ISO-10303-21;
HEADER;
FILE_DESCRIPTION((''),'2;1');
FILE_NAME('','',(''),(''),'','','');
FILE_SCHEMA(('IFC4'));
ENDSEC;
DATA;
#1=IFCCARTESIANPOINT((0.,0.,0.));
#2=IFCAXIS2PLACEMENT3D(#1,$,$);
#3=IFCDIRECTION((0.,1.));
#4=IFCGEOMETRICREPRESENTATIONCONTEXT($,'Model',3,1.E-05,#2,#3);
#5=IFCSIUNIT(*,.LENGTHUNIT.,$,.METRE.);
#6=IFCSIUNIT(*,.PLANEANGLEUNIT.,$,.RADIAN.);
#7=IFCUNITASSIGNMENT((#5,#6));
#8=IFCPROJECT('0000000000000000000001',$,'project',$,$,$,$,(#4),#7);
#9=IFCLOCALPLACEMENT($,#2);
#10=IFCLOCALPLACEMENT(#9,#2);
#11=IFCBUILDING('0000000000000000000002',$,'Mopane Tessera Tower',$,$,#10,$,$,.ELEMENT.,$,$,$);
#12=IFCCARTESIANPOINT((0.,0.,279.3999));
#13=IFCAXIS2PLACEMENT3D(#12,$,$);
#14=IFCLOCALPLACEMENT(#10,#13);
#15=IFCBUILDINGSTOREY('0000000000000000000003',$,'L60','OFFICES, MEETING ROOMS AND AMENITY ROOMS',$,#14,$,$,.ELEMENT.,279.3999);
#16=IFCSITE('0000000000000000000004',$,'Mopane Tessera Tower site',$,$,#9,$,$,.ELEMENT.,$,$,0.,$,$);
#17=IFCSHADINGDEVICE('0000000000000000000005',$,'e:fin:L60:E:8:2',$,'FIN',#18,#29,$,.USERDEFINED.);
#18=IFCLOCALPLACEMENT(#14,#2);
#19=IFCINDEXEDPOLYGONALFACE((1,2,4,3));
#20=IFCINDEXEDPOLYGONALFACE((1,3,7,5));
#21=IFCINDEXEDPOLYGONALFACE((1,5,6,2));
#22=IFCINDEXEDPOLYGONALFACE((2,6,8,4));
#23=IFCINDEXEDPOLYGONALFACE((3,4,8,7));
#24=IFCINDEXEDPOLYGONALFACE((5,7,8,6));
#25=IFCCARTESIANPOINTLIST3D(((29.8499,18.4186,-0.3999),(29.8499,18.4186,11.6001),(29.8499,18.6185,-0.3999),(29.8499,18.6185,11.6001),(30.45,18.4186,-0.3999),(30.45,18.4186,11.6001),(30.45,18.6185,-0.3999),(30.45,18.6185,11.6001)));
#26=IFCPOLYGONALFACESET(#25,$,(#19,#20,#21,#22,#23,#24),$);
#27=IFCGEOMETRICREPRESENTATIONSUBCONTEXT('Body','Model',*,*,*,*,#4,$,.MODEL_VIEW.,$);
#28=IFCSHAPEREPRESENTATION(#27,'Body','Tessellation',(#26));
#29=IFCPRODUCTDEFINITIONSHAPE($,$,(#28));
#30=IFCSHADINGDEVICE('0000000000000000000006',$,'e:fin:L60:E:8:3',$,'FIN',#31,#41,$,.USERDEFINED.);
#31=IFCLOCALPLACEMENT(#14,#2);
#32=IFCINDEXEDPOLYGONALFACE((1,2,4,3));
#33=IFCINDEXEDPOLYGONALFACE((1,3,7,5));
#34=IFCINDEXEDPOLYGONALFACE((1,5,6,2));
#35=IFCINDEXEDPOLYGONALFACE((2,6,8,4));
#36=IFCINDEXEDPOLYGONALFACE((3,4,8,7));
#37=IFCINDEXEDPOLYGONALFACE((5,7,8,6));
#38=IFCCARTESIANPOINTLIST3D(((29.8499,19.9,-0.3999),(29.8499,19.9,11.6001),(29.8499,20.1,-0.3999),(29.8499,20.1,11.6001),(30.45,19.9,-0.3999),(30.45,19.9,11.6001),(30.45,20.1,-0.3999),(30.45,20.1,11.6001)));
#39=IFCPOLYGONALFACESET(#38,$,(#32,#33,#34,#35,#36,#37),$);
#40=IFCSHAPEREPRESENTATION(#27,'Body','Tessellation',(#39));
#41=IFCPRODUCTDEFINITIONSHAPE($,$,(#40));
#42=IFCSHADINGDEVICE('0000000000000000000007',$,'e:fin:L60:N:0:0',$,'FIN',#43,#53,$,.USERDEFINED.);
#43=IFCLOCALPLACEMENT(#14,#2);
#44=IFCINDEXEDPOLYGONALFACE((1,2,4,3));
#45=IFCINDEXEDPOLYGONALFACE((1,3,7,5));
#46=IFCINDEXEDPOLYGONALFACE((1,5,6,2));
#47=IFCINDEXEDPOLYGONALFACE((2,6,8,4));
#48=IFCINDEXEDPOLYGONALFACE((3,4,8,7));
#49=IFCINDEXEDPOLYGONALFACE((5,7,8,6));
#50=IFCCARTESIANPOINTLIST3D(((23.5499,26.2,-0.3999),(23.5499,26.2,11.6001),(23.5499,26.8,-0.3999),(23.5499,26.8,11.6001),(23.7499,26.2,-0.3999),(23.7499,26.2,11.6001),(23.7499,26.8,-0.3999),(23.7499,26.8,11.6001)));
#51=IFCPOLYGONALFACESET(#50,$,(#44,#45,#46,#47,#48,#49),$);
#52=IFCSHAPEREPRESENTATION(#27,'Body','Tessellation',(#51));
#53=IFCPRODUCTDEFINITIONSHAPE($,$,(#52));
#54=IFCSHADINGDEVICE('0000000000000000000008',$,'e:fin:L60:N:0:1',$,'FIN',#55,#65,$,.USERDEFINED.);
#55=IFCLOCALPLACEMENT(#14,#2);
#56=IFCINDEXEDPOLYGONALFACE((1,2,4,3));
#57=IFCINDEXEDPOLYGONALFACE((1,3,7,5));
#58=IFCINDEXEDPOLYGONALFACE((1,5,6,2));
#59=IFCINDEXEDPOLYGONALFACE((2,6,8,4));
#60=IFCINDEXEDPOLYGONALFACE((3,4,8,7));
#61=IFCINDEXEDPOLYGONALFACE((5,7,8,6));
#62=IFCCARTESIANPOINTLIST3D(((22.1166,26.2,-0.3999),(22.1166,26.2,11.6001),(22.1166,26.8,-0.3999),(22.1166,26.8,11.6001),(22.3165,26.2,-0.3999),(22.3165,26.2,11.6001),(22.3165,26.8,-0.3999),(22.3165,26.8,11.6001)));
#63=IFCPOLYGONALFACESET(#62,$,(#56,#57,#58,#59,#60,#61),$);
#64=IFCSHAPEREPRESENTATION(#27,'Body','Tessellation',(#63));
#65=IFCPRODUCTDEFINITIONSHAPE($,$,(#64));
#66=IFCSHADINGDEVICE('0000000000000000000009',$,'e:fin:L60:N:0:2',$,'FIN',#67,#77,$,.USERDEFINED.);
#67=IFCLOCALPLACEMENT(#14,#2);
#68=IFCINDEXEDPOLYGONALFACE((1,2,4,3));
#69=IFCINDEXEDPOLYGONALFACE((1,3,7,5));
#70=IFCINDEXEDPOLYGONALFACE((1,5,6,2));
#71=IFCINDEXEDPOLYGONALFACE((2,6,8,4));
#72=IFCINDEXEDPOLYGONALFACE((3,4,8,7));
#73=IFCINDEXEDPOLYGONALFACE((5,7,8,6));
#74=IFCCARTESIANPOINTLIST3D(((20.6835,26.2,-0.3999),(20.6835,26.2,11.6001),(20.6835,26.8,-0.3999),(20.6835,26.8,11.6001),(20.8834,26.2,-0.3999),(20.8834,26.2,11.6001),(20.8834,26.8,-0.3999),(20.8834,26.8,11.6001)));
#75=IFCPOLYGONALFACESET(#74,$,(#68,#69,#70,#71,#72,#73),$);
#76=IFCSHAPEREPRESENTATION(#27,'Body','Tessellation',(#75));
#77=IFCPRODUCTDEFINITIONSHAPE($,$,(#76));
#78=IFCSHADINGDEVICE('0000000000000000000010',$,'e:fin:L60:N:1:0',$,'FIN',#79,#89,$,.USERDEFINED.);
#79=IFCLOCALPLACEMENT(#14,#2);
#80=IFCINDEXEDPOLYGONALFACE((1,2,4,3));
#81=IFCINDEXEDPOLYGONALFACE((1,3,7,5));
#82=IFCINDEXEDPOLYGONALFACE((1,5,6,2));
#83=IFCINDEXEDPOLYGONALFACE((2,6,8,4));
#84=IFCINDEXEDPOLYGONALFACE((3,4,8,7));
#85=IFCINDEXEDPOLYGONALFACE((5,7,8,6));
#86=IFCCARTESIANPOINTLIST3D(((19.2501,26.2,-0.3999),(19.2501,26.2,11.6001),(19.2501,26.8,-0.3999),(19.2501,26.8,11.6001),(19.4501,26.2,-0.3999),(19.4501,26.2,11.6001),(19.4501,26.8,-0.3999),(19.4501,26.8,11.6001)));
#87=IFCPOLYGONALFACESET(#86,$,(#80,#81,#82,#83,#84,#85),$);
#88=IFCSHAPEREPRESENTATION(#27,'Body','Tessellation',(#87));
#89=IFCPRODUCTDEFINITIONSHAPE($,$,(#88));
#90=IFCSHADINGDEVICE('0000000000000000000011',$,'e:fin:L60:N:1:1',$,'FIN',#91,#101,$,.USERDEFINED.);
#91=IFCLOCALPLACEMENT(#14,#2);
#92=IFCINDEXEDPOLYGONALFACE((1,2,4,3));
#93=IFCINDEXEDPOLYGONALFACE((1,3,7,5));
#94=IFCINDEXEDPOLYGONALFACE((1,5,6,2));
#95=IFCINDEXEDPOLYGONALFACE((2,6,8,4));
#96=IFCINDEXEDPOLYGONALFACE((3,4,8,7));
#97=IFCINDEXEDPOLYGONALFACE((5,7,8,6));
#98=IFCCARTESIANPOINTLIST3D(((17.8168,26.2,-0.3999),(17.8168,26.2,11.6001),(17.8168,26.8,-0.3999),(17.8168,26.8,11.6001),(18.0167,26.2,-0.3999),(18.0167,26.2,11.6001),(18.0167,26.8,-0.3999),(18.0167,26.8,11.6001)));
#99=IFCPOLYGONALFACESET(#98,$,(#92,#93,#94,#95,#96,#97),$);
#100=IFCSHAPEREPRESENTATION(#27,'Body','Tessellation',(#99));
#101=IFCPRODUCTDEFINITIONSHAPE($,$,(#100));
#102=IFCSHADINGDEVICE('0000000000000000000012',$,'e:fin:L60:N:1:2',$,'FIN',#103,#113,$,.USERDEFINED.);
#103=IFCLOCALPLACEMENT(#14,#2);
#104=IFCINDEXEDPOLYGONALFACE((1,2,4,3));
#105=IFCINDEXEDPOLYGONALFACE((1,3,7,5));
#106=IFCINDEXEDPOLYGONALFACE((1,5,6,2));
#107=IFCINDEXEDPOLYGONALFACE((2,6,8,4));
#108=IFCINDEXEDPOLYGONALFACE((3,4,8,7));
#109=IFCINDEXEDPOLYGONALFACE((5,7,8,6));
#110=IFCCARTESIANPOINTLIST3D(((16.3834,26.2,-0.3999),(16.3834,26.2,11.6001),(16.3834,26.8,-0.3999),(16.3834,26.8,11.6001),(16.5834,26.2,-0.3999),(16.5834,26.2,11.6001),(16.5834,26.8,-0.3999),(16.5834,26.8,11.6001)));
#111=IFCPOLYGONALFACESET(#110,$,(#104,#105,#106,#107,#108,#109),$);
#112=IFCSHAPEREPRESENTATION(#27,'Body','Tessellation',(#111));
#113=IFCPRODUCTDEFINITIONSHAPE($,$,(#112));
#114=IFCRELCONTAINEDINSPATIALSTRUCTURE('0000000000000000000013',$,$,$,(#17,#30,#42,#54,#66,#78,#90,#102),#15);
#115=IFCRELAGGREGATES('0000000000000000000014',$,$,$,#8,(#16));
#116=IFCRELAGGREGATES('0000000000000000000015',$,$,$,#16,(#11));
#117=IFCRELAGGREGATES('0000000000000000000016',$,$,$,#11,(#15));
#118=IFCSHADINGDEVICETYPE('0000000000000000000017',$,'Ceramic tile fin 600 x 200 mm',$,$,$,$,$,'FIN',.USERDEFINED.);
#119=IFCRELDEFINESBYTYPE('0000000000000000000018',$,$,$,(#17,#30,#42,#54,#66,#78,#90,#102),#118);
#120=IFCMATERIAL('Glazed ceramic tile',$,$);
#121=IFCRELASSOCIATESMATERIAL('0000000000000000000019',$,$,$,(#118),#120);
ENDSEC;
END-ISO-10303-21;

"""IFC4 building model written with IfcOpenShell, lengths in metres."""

from ifc_helpers import new_model, si_unit, direction, frame, origin, origin_2d, place, context, subcontext, project, spatial, rectangle, extrude, material, type_object, element, save


model = new_model("IFC4")

# Units and contexts
model_context = context("Model", 3, precision=1e-05, world=origin(), true_north=direction((0.0, 1.0)))
body_context = subcontext(model_context, "Body", "Model", "MODEL_VIEW")
ifc_project = project(units=[si_unit("LENGTHUNIT", "METRE"), si_unit("PLANEANGLEUNIT", "RADIAN")], contexts=[model_context])

# Site, building, storey
site_placement = place(None, origin())
site = spatial("IfcSite", under=ifc_project, at=site_placement, Name="Mopane Tessera Tower site", CompositionType="ELEMENT", RefElevation=0.0)
building_placement = place(site_placement, origin())
building = spatial("IfcBuilding", under=site, at=building_placement, Name="Mopane Tessera Tower", CompositionType="ELEMENT")
storey_placement = place(building_placement, frame((0.0, 0.0, 279.3999)))
storey = spatial("IfcBuildingStorey", under=building, at=storey_placement, Name="L60", Description="OFFICES, MEETING ROOMS AND AMENITY ROOMS", CompositionType="ELEMENT", Elevation=279.3999)

# Shading devices
ifc_material_1 = material(Name="Glazed ceramic tile")
shading_device_type = type_object("IfcShadingDeviceType", Name="Ceramic tile fin 600 x 200 mm", ElementType="FIN", PredefinedType="USERDEFINED", material=ifc_material_1)
for number, where, z_axis, x_axis, name in (
    (1, (30.1499, 18.5186, -0.3999), (0.0, 0.0, 1.0), (0.0, 1.0, 0.0), "e:fin:L60:E:8:2"),
    (2, (30.1499, 20.0, -0.3999), (0.0, 0.0, 1.0), (0.0, 1.0, 0.0), "e:fin:L60:E:8:3"),
    (3, (23.6499, 26.5, -0.3999), (0.0, 0.0, 1.0), (-1.0, 0.0, 0.0), "e:fin:L60:N:0:0"),
    (4, (22.2166, 26.5, -0.3999), (0.0, 0.0, 1.0), (-1.0, 0.0, 0.0), "e:fin:L60:N:0:1"),
    (5, (20.7834, 26.5, -0.3999), (0.0, 0.0, 1.0), (-1.0, 0.0, 0.0), "e:fin:L60:N:0:2"),
    (6, (19.3501, 26.5, -0.3999), (0.0, 0.0, 1.0), (-1.0, 0.0, 0.0), "e:fin:L60:N:1:0"),
    (7, (17.9167, 26.5, -0.3999), (0.0, 0.0, 1.0), (-1.0, 0.0, 0.0), "e:fin:L60:N:1:1"),
    (8, (16.4834, 26.5, -0.3999), (0.0, 0.0, 1.0), (-1.0, 0.0, 0.0), "e:fin:L60:N:1:2"),
):
    element("IfcShadingDevice", number, at=place(storey_placement, frame(where, z_axis=z_axis, x_axis=x_axis)), inside=storey, type_object=shading_device_type, Name=name, ObjectType="FIN", PredefinedType="USERDEFINED", context=body_context, shape_type="SweptSolid", body=[
        extrude(rectangle(XDim=0.2, YDim=0.6001, at=origin_2d()), origin(), (0.0, 0.0, 1.0), 12.0),
    ])

save(model, "model.ifc")
